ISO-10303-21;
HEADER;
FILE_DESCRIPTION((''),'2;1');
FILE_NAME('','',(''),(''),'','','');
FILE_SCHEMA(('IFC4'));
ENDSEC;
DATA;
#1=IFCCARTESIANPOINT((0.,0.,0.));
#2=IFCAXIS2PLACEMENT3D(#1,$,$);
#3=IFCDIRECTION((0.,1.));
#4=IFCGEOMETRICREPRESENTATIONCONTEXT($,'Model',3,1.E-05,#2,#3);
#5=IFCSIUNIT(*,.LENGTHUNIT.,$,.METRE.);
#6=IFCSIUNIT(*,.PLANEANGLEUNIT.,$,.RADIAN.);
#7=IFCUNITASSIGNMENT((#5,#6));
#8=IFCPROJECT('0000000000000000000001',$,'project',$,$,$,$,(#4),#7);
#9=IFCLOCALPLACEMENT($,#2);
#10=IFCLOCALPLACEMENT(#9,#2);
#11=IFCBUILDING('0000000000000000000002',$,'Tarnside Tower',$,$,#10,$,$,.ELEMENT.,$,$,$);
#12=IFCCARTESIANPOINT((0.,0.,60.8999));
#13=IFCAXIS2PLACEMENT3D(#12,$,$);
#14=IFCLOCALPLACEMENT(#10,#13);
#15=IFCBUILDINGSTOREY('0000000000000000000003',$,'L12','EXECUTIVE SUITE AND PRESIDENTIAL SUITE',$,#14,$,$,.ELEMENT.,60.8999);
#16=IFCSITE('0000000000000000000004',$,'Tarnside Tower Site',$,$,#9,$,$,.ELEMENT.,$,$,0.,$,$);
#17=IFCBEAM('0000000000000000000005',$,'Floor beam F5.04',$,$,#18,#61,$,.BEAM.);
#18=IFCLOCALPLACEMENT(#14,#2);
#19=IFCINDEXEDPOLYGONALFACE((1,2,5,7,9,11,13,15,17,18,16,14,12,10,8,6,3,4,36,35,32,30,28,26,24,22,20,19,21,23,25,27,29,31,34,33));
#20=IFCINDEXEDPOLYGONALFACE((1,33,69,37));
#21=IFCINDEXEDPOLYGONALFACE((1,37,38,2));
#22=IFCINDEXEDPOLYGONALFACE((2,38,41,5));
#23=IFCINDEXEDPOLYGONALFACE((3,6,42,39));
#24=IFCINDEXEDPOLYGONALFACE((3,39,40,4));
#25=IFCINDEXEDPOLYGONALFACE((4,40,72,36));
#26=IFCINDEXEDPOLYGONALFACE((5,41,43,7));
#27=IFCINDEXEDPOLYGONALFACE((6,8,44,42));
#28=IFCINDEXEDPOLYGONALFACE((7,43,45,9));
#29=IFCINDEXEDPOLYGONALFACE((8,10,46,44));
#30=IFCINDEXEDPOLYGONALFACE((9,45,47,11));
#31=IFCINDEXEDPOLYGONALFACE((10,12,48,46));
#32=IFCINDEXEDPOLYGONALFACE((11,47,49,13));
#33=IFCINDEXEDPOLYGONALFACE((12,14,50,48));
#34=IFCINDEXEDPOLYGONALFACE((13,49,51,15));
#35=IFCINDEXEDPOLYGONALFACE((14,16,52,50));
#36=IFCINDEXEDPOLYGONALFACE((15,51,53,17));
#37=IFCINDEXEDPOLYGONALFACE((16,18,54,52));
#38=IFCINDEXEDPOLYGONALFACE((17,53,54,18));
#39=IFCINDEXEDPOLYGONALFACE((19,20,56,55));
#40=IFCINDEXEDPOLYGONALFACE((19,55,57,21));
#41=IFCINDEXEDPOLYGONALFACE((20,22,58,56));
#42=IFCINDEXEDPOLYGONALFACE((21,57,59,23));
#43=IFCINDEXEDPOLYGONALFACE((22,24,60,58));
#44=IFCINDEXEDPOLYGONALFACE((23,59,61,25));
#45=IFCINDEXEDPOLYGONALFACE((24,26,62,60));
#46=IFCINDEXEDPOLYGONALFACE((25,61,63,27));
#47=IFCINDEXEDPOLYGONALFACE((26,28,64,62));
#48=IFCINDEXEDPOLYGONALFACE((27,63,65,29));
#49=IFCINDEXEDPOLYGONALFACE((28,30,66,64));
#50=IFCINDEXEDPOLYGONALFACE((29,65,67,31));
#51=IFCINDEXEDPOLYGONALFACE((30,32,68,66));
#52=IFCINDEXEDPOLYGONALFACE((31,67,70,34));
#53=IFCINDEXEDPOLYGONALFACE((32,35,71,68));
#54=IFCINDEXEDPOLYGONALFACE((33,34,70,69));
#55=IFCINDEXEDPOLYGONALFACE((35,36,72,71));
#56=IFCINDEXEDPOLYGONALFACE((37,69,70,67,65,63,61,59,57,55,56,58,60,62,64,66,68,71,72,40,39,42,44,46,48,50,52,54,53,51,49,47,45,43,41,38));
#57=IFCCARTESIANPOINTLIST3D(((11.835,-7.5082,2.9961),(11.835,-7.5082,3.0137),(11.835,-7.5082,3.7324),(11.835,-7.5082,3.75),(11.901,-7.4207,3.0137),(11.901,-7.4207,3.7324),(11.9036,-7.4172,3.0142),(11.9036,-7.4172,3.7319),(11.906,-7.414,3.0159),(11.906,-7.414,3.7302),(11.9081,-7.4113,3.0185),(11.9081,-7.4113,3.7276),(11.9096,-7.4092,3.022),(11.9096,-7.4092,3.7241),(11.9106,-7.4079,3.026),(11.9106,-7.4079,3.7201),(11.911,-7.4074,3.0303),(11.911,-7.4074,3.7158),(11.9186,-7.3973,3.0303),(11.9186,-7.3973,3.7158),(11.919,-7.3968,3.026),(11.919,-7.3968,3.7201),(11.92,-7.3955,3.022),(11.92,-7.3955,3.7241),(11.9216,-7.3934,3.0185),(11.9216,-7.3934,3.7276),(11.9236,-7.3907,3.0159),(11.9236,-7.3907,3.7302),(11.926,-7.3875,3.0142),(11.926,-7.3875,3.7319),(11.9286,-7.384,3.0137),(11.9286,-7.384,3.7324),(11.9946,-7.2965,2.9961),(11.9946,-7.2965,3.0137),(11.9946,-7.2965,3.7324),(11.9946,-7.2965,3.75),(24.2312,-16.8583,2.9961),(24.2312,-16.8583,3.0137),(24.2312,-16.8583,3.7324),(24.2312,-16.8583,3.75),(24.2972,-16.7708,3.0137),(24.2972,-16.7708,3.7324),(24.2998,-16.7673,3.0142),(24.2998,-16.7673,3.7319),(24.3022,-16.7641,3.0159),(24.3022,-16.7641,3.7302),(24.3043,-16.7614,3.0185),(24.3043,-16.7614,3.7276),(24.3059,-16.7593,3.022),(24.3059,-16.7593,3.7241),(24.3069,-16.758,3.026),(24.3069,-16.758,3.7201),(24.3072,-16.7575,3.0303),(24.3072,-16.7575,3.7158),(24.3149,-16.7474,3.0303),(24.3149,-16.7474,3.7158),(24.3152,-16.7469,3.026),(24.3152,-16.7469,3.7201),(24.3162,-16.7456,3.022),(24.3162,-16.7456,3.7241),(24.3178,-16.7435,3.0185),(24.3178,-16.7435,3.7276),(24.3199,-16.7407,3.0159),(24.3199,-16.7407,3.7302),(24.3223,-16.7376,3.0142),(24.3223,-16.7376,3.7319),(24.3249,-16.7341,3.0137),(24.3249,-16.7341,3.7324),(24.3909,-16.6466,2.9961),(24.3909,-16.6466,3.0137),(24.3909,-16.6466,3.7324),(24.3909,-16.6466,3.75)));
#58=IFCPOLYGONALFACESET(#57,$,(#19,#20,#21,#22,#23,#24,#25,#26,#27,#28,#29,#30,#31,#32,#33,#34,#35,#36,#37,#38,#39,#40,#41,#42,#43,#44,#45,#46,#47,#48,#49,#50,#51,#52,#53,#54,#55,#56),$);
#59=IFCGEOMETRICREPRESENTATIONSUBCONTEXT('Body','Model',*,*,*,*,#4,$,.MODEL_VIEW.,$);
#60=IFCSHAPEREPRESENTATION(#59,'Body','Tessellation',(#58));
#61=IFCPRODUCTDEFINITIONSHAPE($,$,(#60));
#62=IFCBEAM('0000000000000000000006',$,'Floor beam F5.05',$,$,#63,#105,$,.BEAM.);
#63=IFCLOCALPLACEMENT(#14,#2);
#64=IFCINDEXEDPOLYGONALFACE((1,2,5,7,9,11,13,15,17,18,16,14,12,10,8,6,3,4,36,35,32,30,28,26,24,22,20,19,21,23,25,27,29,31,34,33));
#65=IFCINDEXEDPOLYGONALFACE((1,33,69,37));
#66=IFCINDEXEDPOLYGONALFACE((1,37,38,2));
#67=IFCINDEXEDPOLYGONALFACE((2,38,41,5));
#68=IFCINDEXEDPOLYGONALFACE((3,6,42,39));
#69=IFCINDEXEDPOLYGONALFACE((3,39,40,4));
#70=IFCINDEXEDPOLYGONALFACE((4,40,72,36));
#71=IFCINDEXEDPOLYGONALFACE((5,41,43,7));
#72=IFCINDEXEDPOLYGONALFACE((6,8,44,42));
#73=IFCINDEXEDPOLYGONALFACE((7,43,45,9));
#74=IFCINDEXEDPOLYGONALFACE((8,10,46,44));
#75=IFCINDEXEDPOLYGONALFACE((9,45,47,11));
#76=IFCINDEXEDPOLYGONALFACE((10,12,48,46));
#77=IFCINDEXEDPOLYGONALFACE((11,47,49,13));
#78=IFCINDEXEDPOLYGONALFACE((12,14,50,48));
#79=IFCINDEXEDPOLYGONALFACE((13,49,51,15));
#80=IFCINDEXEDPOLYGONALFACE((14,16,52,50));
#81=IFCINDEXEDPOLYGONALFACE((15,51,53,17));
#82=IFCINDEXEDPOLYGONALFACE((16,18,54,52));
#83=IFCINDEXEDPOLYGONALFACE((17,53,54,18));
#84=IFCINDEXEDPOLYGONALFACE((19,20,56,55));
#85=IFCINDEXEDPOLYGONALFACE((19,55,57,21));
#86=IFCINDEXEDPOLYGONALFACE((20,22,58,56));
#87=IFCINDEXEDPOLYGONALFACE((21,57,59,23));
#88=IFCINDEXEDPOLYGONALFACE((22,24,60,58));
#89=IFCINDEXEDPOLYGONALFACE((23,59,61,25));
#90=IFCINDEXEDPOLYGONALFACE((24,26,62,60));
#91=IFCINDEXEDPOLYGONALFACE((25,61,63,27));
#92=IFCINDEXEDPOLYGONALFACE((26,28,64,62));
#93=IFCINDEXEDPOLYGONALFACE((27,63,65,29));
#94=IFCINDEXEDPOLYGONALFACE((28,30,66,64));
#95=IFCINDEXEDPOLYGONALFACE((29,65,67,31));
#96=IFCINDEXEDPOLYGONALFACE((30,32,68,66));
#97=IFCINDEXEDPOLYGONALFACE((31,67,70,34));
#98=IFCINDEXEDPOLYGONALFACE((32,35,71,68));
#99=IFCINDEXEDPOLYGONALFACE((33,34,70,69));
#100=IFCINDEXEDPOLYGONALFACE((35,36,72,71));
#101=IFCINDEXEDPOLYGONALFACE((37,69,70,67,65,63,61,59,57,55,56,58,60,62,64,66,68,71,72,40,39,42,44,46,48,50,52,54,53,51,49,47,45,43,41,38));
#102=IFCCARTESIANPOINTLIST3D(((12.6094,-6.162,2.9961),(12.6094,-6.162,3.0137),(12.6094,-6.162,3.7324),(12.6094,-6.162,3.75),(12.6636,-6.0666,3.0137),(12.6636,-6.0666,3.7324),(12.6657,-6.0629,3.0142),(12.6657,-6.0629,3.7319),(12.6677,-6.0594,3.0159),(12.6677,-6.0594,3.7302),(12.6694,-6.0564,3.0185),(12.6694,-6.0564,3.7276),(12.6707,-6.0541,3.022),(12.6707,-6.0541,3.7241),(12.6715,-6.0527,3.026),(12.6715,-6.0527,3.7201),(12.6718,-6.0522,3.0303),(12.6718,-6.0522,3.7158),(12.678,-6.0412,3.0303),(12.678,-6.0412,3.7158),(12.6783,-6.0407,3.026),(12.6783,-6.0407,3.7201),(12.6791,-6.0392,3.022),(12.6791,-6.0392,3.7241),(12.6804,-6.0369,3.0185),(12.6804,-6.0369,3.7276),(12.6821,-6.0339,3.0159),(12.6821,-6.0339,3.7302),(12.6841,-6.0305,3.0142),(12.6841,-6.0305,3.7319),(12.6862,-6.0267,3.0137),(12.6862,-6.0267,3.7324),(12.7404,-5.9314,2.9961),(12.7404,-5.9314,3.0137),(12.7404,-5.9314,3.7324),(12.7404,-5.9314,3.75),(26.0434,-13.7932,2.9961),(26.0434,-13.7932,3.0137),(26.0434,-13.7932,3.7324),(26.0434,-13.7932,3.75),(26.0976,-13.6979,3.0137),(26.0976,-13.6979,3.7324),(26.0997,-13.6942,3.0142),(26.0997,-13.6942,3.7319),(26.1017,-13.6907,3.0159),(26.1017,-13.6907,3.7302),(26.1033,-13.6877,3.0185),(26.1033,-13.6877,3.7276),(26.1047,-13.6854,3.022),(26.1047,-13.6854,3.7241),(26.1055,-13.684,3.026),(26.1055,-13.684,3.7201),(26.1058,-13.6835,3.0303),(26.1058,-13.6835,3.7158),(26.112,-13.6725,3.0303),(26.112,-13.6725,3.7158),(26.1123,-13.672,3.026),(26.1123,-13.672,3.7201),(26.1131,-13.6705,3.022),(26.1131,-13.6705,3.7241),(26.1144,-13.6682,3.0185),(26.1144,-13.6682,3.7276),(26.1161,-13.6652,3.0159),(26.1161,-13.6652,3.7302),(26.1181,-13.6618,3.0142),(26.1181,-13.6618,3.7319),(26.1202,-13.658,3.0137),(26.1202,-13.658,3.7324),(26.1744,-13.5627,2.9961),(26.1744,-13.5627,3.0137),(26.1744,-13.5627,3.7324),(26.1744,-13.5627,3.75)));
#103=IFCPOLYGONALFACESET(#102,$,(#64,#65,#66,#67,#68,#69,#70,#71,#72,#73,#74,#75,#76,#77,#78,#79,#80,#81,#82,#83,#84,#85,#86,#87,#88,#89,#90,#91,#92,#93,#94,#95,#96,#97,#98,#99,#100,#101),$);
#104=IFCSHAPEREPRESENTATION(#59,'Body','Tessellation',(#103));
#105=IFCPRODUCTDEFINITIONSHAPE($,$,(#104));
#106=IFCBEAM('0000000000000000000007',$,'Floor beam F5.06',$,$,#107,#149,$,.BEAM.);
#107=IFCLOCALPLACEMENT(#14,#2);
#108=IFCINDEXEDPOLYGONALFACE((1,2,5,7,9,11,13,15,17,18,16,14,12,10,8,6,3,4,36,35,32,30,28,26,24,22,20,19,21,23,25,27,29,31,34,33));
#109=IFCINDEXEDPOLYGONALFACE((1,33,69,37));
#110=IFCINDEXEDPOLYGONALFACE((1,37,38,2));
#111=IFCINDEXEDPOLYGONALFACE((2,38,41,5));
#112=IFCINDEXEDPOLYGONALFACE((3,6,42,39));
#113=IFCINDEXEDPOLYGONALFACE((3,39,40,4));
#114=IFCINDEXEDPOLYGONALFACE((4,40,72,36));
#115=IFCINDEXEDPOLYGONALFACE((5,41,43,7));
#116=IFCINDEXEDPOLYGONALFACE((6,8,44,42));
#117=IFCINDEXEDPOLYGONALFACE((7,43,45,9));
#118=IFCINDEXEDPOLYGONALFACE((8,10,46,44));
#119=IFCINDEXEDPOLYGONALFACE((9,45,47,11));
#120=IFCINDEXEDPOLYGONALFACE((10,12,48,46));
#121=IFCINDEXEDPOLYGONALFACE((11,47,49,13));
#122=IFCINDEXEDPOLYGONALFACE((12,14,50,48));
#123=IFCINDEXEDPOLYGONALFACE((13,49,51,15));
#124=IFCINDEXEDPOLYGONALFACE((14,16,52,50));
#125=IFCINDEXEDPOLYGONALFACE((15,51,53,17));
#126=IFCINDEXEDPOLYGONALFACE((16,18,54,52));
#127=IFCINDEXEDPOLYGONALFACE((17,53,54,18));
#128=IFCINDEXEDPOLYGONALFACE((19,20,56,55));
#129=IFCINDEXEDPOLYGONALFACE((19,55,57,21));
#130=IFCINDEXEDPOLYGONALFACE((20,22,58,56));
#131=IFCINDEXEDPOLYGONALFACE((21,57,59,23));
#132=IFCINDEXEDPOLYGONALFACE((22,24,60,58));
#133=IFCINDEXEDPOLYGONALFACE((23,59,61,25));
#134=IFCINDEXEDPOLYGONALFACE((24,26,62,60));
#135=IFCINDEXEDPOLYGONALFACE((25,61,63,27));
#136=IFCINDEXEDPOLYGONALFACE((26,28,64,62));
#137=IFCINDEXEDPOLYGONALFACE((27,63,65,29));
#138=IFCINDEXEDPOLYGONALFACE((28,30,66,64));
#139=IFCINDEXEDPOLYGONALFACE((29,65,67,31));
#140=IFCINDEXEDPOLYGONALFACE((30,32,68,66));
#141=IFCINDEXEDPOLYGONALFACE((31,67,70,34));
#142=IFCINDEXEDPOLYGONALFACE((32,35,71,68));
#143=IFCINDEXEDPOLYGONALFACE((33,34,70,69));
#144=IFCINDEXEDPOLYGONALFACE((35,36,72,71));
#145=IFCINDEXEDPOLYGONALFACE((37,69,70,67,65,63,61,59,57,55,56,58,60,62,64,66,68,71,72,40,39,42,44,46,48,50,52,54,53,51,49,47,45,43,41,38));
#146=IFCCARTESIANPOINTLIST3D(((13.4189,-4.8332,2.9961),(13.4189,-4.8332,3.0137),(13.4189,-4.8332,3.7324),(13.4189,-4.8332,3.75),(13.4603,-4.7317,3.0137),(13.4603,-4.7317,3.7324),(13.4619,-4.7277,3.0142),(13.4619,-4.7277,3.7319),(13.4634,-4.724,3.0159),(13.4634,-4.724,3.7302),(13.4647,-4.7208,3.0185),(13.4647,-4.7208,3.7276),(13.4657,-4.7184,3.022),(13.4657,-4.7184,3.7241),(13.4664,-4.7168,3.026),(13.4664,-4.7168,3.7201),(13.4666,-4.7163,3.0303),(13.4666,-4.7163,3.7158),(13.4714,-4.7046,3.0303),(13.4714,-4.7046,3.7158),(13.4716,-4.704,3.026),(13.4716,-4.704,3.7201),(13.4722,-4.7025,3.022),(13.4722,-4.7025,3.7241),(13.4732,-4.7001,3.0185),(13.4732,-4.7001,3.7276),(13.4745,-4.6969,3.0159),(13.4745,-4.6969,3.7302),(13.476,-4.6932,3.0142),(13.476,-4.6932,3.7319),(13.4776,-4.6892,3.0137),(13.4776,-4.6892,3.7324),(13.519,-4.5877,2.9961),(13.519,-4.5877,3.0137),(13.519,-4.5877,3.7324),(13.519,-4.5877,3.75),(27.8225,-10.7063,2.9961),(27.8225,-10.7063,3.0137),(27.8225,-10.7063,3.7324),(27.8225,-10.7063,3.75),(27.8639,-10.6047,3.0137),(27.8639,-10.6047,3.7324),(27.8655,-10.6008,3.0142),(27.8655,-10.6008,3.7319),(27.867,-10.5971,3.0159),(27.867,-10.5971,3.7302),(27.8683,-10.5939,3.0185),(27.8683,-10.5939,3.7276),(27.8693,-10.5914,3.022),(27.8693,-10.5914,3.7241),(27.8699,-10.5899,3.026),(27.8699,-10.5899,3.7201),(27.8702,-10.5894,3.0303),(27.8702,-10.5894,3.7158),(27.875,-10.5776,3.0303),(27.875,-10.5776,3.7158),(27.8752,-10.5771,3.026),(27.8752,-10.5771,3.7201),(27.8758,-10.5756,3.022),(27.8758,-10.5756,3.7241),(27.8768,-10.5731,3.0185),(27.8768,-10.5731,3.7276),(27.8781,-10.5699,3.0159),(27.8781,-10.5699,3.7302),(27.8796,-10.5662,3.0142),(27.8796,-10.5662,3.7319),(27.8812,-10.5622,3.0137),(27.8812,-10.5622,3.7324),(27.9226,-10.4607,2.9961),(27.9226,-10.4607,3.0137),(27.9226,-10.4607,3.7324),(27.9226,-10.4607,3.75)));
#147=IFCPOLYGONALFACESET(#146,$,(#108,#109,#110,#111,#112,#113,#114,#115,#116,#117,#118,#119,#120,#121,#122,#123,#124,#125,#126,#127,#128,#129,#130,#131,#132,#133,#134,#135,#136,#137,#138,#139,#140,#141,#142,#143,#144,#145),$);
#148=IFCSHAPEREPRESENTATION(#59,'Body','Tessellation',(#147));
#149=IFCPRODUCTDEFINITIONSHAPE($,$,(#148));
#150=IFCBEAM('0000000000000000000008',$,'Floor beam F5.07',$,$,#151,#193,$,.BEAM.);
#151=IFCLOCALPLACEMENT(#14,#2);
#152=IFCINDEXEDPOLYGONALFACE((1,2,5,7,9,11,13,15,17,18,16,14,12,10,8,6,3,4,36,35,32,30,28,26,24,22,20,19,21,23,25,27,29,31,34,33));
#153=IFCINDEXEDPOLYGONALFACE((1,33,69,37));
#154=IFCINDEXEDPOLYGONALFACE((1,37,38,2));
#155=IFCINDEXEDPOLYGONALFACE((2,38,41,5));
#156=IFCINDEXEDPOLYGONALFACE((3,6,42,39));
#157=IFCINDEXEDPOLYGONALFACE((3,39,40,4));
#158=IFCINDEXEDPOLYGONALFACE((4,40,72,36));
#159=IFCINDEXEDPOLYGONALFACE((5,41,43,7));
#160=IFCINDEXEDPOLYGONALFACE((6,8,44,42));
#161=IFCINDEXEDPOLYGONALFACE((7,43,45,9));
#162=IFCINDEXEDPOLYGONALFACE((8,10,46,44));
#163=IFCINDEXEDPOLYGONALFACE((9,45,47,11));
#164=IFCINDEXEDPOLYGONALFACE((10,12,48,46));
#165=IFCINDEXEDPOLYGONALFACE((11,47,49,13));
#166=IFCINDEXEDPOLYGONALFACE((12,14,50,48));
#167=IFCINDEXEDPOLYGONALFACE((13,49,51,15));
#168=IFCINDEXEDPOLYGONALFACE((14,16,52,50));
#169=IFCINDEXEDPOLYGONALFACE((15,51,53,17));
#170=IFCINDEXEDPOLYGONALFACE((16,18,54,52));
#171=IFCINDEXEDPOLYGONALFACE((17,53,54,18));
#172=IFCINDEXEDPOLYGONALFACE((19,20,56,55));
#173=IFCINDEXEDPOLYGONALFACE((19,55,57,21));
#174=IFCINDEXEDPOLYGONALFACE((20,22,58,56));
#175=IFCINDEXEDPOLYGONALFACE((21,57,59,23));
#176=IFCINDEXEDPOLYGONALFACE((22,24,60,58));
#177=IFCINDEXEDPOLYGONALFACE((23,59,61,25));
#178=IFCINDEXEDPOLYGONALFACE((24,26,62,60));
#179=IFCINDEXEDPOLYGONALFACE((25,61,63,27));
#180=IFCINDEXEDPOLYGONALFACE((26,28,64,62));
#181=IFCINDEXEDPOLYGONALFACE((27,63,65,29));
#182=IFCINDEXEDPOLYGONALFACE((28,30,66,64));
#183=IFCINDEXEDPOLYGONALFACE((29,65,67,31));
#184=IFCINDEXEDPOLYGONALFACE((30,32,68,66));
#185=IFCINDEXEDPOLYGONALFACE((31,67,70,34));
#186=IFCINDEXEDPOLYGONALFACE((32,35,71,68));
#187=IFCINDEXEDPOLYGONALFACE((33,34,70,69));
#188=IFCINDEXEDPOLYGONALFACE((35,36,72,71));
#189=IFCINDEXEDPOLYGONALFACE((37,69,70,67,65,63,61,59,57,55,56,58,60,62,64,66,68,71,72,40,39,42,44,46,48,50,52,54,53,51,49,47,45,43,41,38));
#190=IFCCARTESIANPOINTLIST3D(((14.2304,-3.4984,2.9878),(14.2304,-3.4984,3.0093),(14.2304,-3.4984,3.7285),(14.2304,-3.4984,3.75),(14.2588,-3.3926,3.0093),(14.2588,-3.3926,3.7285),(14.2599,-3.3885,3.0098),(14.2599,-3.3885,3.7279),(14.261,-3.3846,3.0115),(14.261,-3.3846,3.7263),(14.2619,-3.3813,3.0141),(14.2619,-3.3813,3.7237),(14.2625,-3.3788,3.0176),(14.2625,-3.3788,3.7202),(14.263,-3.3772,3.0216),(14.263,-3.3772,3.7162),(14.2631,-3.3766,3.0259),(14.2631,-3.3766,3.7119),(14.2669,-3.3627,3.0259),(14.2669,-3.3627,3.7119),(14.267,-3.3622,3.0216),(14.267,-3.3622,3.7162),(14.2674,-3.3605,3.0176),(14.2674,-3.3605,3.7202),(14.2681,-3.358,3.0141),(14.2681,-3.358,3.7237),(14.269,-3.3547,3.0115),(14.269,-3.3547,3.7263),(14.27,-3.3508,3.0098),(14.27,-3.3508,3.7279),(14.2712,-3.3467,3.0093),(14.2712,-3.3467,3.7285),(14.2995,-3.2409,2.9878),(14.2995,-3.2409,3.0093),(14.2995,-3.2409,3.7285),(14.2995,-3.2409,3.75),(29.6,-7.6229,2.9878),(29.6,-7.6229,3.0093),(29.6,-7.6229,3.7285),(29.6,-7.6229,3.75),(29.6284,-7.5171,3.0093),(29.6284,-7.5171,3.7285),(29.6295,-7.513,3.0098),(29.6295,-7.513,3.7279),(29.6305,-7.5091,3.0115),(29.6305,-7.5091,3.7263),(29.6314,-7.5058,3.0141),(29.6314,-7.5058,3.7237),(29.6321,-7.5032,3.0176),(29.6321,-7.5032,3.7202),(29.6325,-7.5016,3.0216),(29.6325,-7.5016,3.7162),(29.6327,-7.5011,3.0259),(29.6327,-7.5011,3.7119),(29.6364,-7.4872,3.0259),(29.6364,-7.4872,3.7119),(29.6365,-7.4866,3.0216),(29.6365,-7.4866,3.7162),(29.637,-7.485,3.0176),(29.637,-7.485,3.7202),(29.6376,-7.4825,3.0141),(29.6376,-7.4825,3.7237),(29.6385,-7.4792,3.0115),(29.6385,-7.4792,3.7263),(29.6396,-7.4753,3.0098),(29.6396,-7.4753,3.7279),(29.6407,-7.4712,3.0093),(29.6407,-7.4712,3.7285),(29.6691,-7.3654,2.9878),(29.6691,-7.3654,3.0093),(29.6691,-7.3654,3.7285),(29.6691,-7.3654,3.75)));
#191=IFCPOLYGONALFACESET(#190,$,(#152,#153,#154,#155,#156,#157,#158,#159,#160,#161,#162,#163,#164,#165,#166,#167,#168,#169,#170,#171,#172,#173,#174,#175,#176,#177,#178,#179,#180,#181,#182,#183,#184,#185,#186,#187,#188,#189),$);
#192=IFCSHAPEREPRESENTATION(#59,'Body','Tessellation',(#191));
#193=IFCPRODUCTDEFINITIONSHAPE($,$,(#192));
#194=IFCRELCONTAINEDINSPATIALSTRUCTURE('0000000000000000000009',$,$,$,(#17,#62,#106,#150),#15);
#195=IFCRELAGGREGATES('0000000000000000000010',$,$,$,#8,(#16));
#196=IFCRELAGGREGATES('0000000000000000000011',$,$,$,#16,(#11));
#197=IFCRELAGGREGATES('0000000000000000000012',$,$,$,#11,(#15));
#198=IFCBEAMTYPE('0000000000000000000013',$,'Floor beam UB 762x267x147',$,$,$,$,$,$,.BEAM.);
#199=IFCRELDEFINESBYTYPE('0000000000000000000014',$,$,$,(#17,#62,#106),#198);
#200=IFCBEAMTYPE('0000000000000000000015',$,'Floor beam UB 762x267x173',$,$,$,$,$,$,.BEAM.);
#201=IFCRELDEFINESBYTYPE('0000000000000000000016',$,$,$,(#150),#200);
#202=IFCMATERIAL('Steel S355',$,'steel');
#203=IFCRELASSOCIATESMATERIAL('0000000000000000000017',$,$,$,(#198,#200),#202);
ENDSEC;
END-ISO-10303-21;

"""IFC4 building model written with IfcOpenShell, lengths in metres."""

from ifc_helpers import new_model, si_unit, direction, frame, origin, origin_2d, place, context, subcontext, project, spatial, i_section, extrude, material, material_profile, profile_set, type_object, element, save


model = new_model("IFC4")

# Units and contexts
model_context = context("Model", 3, precision=1e-05, world=origin(), true_north=direction((0.0, 1.0)))
body_context = subcontext(model_context, "Body", "Model", "MODEL_VIEW")
ifc_project = project(units=[si_unit("LENGTHUNIT", "METRE"), si_unit("PLANEANGLEUNIT", "RADIAN")], contexts=[model_context])

# Site, building, storey
site_placement = place(None, origin())
site = spatial("IfcSite", under=ifc_project, at=site_placement, Name="Tarnside Tower Site", CompositionType="ELEMENT", RefElevation=0.0)
building_placement = place(site_placement, origin())
building = spatial("IfcBuilding", under=site, at=building_placement, Name="Tarnside Tower", CompositionType="ELEMENT")
storey_placement = place(building_placement, frame((0.0, 0.0, 60.8999)))
storey = spatial("IfcBuildingStorey", under=building, at=storey_placement, Name="L12", Description="EXECUTIVE SUITE AND PRESIDENTIAL SUITE", CompositionType="ELEMENT", Elevation=60.8999)

# Beams
ifc_material_1 = material(Name="Steel S355", Category="steel")
ifc_material_profile_1 = material_profile(ifc_material_1, i_section(OverallWidth=0.2651, OverallDepth=0.7539, WebThickness=0.0127, FlangeThickness=0.0176, FilletRadius=0.0166, at=origin_2d()), Name="UB 762x267x147")
ifc_profile_set_1 = profile_set([ifc_material_profile_1], Name="Steel S355")
beam_type_1 = type_object("IfcBeamType", Name="Floor beam UB 762x267x147", PredefinedType="BEAM", material=ifc_profile_set_1)
beam_1_placement = place(storey_placement, frame((24.311, -16.7524, 3.373), z_axis=(-0.798361, 0.602179, 0.0), x_axis=(-0.602179, -0.798361, 0.0)))
element("IfcBeam", 1, at=beam_1_placement, inside=storey, type_object=beam_type_1, Name="Floor beam F5.04", PredefinedType="BEAM", context=body_context, shape_type="SweptSolid", body=[
    extrude(i_section(OverallWidth=0.2651, OverallDepth=0.7539, WebThickness=0.0127, FlangeThickness=0.0176, FilletRadius=0.0166, at=origin_2d()), origin(), (0.0, 0.0, 1.0), 15.5271),
])
beam_2_placement = place(storey_placement, frame((26.1089, -13.678, 3.373), z_axis=(-0.869503, 0.493929, 0.0), x_axis=(-0.493929, -0.869503, 0.0)))
element("IfcBeam", 2, at=beam_2_placement, inside=storey, type_object=beam_type_1, Name="Floor beam F5.05", PredefinedType="BEAM", context=body_context, shape_type="SweptSolid", body=[
    extrude(i_section(OverallWidth=0.2651, OverallDepth=0.7539, WebThickness=0.0127, FlangeThickness=0.0176, FilletRadius=0.0166, at=origin_2d()), origin(), (0.0, 0.0, 1.0), 15.4502),
])
beam_3_placement = place(storey_placement, frame((27.8726, -10.5835, 3.373), z_axis=(-0.925982, 0.377569, 0.0), x_axis=(-0.377569, -0.925982, 0.0)))
element("IfcBeam", 3, at=beam_3_placement, inside=storey, type_object=beam_type_1, Name="Floor beam F5.06", PredefinedType="BEAM", context=body_context, shape_type="SweptSolid", body=[
    extrude(i_section(OverallWidth=0.2651, OverallDepth=0.7539, WebThickness=0.0127, FlangeThickness=0.0176, FilletRadius=0.0166, at=origin_2d()), origin(), (0.0, 0.0, 1.0), 15.5549),
])
ifc_material_profile_2 = material_profile(ifc_material_1, i_section(OverallWidth=0.2666, OverallDepth=0.7622, WebThickness=0.0144, FlangeThickness=0.0215, FilletRadius=0.0166, at=origin_2d()), Name="UB 762x267x173")
ifc_profile_set_2 = profile_set([ifc_material_profile_2], Name="Steel S355")
beam_type_2 = type_object("IfcBeamType", Name="Floor beam UB 762x267x173", PredefinedType="BEAM", material=ifc_profile_set_2)
beam_4_placement = place(storey_placement, frame((29.6345, -7.4941, 3.3689), z_axis=(-0.965828, 0.259184, 0.0), x_axis=(-0.259184, -0.965828, 0.0)))
element("IfcBeam", 4, at=beam_4_placement, inside=storey, type_object=beam_type_2, Name="Floor beam F5.07", PredefinedType="BEAM", context=body_context, shape_type="SweptSolid", body=[
    extrude(i_section(OverallWidth=0.2666, OverallDepth=0.7622, WebThickness=0.0144, FlangeThickness=0.0215, FilletRadius=0.0166, at=origin_2d()), origin(), (0.0, 0.0, 1.0), 15.9133),
])

save(model, "model.ifc")
